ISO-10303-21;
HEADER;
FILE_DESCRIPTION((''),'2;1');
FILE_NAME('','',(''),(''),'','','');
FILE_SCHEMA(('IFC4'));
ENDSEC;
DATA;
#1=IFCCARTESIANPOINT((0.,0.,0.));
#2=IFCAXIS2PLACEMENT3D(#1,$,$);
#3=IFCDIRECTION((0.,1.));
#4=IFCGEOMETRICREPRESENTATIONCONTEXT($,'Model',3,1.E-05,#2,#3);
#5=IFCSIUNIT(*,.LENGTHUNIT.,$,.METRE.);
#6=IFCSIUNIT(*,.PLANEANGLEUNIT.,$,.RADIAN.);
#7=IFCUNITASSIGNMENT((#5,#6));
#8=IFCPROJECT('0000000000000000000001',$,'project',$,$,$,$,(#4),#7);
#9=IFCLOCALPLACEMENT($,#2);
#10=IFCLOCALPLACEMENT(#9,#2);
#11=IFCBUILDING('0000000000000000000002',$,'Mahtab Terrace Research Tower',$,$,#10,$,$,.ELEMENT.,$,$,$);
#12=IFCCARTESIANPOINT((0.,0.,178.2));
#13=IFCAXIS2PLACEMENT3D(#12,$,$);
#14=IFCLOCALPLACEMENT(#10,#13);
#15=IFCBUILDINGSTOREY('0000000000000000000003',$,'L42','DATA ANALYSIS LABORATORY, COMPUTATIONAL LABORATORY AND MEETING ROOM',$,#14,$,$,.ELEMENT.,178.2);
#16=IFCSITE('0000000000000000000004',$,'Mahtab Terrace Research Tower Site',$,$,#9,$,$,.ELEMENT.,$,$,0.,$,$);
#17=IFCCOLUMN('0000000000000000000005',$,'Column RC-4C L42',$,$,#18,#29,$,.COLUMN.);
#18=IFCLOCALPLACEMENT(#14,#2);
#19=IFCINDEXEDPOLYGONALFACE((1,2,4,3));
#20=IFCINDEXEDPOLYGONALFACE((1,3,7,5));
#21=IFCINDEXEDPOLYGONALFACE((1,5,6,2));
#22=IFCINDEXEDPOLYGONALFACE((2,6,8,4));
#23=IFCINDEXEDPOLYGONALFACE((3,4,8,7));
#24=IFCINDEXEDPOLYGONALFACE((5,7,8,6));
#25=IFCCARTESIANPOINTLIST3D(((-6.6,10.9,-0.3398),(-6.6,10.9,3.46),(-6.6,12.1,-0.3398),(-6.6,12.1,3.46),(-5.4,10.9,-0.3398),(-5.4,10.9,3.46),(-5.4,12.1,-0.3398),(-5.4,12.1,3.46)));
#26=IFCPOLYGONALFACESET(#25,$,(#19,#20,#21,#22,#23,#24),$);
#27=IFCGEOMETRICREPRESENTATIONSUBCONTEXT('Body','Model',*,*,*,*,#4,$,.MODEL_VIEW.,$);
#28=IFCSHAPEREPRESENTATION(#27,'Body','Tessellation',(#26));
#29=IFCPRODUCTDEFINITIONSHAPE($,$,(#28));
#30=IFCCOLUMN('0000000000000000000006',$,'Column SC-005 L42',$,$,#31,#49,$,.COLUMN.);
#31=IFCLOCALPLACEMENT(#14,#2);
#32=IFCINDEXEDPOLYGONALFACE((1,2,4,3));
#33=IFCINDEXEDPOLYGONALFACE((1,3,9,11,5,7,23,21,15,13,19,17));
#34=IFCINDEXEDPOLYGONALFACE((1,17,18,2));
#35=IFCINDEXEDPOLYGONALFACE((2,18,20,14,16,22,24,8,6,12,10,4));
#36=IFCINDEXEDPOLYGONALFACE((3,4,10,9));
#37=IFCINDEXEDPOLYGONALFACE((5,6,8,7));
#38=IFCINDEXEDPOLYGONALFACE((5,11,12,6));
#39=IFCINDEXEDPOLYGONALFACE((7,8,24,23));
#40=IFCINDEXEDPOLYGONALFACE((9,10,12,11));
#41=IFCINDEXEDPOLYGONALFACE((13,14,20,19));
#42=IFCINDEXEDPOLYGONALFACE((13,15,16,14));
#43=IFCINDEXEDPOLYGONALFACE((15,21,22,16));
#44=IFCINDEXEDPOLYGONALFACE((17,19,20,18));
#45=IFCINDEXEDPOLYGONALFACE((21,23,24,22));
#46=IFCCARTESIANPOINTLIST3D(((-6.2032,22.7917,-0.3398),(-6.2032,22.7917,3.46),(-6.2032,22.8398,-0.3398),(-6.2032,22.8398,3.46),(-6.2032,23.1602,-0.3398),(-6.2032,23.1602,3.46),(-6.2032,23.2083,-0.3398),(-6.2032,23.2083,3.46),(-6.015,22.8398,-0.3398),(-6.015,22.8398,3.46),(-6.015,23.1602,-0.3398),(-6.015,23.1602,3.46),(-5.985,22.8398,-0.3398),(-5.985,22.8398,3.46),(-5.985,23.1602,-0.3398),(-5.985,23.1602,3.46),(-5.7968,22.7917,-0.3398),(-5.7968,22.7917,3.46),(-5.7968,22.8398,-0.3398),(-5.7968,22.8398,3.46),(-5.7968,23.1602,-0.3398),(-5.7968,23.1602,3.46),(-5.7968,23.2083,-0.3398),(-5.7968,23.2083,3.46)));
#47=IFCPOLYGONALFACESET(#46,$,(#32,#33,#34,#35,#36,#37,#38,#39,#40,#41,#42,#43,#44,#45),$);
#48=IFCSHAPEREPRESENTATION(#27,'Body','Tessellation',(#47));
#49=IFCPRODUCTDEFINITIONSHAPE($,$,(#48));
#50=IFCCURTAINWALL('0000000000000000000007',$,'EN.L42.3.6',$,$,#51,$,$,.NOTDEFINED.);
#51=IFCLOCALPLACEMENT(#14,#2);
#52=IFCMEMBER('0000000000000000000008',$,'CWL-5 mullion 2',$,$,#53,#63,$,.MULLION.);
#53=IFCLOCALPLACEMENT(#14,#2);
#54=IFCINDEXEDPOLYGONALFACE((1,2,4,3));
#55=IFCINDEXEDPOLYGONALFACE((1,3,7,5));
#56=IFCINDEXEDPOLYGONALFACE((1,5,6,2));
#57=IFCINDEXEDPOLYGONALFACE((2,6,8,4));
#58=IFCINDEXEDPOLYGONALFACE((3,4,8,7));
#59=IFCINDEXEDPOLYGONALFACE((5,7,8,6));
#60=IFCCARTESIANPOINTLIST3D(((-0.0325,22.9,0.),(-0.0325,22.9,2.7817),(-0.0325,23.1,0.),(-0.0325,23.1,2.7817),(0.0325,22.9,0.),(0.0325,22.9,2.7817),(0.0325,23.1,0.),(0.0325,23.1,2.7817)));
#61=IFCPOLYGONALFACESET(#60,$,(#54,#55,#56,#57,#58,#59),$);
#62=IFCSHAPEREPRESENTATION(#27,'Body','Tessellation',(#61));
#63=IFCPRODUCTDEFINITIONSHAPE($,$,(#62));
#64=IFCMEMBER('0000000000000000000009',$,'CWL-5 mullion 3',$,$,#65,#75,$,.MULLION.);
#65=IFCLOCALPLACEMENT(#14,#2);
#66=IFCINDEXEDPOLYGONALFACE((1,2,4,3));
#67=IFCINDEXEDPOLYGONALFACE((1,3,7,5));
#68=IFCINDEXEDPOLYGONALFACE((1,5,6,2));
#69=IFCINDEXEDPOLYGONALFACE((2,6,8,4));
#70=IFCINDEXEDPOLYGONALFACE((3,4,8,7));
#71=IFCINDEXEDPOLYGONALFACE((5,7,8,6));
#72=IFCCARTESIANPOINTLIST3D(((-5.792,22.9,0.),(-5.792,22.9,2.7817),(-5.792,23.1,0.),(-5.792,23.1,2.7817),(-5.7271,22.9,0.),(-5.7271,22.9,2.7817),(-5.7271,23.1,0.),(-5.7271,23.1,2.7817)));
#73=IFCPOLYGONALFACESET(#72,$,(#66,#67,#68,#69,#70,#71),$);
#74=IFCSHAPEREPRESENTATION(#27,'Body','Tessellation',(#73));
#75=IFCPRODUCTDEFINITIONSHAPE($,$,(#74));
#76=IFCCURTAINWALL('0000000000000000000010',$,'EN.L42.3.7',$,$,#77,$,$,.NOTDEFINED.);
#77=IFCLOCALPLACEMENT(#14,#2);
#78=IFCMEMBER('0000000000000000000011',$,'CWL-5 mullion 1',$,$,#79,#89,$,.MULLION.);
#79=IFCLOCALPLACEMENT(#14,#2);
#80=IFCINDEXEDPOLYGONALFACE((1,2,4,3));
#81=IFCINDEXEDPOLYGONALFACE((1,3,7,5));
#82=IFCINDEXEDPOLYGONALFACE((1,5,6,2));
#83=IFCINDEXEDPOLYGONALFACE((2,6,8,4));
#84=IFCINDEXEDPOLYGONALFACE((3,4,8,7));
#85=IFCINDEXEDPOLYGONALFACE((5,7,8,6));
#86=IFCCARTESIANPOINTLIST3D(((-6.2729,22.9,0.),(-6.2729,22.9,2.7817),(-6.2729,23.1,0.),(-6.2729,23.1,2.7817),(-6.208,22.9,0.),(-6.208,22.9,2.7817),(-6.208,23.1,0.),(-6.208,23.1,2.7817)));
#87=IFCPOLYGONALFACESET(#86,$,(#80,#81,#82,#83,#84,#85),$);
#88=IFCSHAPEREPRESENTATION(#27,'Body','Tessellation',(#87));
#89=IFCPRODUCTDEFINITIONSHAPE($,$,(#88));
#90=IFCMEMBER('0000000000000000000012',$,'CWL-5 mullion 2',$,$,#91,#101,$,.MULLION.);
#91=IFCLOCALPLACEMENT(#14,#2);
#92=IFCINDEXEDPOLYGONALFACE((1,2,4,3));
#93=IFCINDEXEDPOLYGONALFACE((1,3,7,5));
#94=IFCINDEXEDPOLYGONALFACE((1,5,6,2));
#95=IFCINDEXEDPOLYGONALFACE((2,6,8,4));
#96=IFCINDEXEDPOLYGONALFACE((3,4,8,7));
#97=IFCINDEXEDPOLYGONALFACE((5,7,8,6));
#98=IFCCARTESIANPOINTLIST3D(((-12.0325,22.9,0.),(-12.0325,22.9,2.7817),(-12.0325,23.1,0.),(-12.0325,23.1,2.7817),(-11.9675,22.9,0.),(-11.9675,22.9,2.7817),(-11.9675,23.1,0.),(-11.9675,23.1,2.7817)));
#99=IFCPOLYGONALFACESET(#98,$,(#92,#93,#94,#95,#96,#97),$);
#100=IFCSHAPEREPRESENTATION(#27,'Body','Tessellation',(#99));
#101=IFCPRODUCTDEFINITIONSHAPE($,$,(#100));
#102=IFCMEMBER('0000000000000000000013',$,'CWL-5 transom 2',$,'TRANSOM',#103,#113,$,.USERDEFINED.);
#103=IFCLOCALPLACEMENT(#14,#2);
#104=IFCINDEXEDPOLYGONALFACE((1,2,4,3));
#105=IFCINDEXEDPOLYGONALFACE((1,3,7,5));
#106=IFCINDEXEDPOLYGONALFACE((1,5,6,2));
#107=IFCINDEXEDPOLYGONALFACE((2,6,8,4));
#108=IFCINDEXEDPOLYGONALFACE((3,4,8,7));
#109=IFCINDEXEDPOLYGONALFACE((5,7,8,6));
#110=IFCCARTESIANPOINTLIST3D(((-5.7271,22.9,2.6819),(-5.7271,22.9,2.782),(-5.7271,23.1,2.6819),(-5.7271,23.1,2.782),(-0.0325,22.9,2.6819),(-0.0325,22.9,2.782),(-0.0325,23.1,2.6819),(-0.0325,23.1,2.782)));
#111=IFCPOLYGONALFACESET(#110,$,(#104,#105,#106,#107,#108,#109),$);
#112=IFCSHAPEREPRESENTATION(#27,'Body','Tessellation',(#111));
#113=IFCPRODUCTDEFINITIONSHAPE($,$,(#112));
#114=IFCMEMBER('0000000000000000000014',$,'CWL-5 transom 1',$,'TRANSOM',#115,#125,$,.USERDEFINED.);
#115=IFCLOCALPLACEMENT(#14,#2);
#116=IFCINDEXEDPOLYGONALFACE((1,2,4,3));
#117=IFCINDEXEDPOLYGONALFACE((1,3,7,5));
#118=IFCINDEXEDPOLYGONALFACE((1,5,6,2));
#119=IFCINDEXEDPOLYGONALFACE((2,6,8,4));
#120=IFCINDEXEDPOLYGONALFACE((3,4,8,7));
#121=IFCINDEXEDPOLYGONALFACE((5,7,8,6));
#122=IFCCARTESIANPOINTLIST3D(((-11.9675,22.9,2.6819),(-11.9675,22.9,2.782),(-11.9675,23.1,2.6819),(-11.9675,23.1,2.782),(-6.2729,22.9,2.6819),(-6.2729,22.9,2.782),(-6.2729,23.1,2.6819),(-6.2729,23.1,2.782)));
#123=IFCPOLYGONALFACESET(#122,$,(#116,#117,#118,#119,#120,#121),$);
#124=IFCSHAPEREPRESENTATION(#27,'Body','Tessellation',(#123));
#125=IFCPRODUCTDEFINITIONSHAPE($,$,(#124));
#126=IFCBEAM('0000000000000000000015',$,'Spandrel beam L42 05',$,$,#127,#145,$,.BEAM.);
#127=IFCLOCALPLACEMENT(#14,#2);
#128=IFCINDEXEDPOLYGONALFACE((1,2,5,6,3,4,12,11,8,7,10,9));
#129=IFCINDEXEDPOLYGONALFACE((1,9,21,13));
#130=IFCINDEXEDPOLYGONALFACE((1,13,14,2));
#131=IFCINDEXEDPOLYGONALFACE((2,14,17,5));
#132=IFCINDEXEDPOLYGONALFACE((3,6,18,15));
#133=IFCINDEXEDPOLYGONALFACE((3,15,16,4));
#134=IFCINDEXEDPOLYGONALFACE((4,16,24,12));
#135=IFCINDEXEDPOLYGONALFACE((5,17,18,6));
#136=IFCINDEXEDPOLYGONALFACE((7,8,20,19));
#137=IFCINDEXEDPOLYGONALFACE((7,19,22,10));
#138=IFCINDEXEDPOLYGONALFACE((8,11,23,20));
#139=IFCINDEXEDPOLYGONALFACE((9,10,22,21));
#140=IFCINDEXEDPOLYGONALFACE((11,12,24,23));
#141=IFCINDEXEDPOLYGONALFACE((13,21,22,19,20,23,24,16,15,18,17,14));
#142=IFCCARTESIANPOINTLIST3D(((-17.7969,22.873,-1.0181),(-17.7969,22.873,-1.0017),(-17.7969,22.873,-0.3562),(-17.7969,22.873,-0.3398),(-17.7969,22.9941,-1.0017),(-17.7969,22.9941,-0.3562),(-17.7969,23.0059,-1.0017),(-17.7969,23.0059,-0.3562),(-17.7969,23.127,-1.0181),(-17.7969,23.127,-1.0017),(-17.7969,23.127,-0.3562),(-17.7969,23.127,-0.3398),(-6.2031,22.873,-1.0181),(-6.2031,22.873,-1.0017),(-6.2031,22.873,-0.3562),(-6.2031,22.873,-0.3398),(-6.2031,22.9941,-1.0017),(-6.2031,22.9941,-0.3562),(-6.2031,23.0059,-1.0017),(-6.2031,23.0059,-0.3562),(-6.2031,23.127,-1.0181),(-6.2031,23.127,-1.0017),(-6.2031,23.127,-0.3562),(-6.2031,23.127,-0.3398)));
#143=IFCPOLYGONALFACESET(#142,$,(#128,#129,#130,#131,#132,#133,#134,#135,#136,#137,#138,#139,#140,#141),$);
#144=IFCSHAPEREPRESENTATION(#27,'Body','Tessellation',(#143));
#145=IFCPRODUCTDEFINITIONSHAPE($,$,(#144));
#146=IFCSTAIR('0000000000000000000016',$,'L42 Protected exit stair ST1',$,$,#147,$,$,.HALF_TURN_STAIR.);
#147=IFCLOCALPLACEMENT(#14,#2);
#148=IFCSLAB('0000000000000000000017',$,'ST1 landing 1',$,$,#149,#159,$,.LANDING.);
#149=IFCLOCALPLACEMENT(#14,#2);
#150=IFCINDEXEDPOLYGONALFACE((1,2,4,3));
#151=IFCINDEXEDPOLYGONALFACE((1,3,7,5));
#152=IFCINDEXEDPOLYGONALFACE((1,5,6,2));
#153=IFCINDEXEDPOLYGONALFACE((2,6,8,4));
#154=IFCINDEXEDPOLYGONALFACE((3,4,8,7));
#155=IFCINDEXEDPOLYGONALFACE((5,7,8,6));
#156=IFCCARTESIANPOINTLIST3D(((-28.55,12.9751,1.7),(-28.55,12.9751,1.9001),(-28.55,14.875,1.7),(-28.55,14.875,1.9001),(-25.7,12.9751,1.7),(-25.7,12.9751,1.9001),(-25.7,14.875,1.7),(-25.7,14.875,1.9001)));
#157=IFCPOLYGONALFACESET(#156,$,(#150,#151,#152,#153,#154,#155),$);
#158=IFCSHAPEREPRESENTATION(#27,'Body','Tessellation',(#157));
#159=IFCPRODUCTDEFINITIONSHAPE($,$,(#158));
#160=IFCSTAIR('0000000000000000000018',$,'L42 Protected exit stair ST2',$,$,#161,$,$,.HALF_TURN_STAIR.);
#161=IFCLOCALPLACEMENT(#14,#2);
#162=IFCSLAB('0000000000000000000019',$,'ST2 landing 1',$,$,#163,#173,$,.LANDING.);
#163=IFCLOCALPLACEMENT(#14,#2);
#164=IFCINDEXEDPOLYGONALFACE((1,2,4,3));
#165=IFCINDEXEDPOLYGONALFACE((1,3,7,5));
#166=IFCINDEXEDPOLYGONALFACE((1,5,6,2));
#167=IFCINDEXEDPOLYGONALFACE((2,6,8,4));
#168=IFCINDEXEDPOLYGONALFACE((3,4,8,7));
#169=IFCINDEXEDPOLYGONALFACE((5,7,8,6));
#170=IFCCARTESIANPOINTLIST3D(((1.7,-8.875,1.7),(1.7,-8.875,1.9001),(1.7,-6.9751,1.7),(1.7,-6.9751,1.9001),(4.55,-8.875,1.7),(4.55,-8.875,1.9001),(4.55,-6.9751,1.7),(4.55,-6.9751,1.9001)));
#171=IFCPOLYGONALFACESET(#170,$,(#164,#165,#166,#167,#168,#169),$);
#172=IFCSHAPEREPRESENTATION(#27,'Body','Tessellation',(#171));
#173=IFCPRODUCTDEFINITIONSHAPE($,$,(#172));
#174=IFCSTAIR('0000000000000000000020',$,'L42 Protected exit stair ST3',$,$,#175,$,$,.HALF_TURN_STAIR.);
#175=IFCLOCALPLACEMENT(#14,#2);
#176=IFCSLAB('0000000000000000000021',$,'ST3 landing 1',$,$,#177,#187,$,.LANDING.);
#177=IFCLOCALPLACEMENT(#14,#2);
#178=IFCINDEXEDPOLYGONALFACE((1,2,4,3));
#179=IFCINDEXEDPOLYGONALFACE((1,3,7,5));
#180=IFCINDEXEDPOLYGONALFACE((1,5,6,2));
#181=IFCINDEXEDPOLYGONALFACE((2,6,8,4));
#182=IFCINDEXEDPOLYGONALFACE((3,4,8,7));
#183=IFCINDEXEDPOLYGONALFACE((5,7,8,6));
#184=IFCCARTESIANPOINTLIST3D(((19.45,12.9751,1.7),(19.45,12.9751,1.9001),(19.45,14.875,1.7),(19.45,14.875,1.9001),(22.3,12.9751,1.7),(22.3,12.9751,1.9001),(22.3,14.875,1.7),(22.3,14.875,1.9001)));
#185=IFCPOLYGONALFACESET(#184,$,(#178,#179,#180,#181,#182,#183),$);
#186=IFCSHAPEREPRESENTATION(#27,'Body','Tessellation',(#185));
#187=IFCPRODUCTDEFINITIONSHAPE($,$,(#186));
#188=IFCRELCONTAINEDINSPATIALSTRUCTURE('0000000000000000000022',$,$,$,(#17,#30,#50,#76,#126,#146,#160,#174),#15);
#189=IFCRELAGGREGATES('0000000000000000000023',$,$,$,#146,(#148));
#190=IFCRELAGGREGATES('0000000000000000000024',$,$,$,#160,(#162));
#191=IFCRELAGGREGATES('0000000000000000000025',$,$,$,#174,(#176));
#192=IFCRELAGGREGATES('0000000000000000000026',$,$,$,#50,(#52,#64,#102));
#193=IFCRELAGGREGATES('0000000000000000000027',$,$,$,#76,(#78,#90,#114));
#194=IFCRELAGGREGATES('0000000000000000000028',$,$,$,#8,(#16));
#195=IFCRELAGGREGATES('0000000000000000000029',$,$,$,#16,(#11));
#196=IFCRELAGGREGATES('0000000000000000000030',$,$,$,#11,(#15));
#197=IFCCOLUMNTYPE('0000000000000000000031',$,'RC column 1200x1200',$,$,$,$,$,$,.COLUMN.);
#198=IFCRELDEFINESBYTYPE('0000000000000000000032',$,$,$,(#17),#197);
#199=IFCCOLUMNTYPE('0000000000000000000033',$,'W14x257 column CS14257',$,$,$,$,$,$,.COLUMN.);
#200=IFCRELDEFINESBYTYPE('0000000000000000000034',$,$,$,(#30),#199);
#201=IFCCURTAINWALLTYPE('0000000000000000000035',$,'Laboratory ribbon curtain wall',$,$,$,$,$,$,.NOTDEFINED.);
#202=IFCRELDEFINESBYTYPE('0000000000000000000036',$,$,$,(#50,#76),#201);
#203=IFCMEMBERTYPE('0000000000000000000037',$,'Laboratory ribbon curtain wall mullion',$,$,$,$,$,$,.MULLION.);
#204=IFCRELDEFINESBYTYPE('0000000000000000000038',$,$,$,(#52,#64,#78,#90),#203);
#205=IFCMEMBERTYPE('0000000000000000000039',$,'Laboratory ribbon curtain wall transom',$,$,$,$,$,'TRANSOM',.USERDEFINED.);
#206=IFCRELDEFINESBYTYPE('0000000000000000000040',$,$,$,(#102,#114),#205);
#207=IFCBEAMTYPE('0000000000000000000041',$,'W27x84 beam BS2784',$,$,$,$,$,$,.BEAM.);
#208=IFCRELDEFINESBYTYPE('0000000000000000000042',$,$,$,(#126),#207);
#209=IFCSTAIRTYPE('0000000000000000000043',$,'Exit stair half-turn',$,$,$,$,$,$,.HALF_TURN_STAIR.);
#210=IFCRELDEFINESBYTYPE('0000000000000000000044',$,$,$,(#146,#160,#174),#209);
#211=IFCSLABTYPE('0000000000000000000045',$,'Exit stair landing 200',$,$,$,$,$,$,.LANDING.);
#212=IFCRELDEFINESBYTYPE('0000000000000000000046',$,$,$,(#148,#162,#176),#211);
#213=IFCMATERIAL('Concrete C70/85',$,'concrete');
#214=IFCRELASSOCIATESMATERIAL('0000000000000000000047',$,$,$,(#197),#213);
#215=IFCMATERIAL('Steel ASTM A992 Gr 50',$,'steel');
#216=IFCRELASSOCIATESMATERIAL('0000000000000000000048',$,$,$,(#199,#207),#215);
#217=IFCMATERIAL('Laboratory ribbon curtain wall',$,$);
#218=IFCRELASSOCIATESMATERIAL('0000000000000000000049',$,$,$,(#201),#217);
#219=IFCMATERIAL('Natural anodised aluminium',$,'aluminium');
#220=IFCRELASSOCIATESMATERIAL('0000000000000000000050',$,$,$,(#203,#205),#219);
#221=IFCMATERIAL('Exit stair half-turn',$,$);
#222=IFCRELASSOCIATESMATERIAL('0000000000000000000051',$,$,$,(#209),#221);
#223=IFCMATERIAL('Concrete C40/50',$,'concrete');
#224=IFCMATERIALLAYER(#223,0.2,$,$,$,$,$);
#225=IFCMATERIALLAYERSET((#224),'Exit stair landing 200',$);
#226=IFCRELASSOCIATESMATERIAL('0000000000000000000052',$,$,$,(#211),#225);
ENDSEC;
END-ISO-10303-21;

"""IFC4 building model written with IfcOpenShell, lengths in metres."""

from ifc_helpers import new_model, si_unit, direction, frame, origin, origin_2d, place, context, subcontext, project, spatial, polyline, rectangle, i_section, outline, extrude, material, layer, layer_set, material_profile, profile_set, type_object, element, aggregate, save


model = new_model("IFC4")

# Units and contexts
model_context = context("Model", 3, precision=1e-05, world=origin(), true_north=direction((0.0, 1.0)))
body_context = subcontext(model_context, "Body", "Model", "MODEL_VIEW")
ifc_project = project(units=[si_unit("LENGTHUNIT", "METRE"), si_unit("PLANEANGLEUNIT", "RADIAN")], contexts=[model_context])

# Site, building, storey
site_placement = place(None, origin())
site = spatial("IfcSite", under=ifc_project, at=site_placement, Name="Mahtab Terrace Research Tower Site", CompositionType="ELEMENT", RefElevation=0.0)
building_placement = place(site_placement, origin())
building = spatial("IfcBuilding", under=site, at=building_placement, Name="Mahtab Terrace Research Tower", CompositionType="ELEMENT")
storey_placement = place(building_placement, frame((0.0, 0.0, 178.2)))
storey = spatial("IfcBuildingStorey", under=building, at=storey_placement, Name="L42", Description="DATA ANALYSIS LABORATORY, COMPUTATIONAL LABORATORY AND MEETING ROOM", CompositionType="ELEMENT", Elevation=178.2)

# Columns
ifc_material_1 = material(Name="Concrete C70/85", Category="concrete")
ifc_material_profile_1 = material_profile(ifc_material_1, rectangle(XDim=1.2, YDim=1.2, at=origin_2d()), Name="RC column 1200x1200")
ifc_profile_set_1 = profile_set([ifc_material_profile_1], Name="Concrete C70/85")
column_type_1 = type_object("IfcColumnType", Name="RC column 1200x1200", PredefinedType="COLUMN", material=ifc_profile_set_1)
column_1_placement = place(storey_placement, frame((-6.0, 11.5, -0.3398), z_axis=(0.0, 0.0, 1.0), x_axis=(1.0, 0.0, 0.0)))
element("IfcColumn", 1, at=column_1_placement, inside=storey, type_object=column_type_1, Name="Column RC-4C L42", PredefinedType="COLUMN", context=body_context, shape_type="SweptSolid", body=[
    extrude(rectangle(XDim=1.2, YDim=1.2, at=origin_2d()), origin(), (0.0, 0.0, 1.0), 3.7998),
])
ifc_material_2 = material(Name="Steel ASTM A992 Gr 50", Category="steel")
ifc_material_profile_2 = material_profile(ifc_material_2, i_section(OverallWidth=0.4065, OverallDepth=0.4165, WebThickness=0.03, FlangeThickness=0.0481, at=origin_2d()), Name="W14X257")
ifc_profile_set_2 = profile_set([ifc_material_profile_2], Name="Steel ASTM A992 Gr 50")
column_type_2 = type_object("IfcColumnType", Name="W14x257 column CS14257", PredefinedType="COLUMN", material=ifc_profile_set_2)
column_2_placement = place(storey_placement, frame((-6.0, 23.0, -0.3398), z_axis=(0.0, 0.0, 1.0), x_axis=(1.0, 0.0, 0.0)))
element("IfcColumn", 2, at=column_2_placement, inside=storey, type_object=column_type_2, Name="Column SC-005 L42", PredefinedType="COLUMN", context=body_context, shape_type="SweptSolid", body=[
    extrude(i_section(OverallWidth=0.4065, OverallDepth=0.4165, WebThickness=0.03, FlangeThickness=0.0481, at=origin_2d()), origin(), (0.0, 0.0, 1.0), 3.7998),
])

# Curtain walls, members
ifc_material_3 = material(Name="Laboratory ribbon curtain wall")
curtain_wall_type = type_object("IfcCurtainWallType", Name="Laboratory ribbon curtain wall", PredefinedType="NOTDEFINED", material=ifc_material_3)
curtain_wall_1_placement = place(storey_placement, origin())
curtain_wall_1 = element("IfcCurtainWall", 3, at=curtain_wall_1_placement, inside=storey, type_object=curtain_wall_type, Name="EN.L42.3.6", PredefinedType="NOTDEFINED")
ifc_material_4 = material(Name="Natural anodised aluminium", Category="aluminium")
ifc_material_profile_3 = material_profile(ifc_material_4, rectangle(XDim=0.2, YDim=0.0649, at=origin_2d()), Name="MULLION 65x200")
ifc_profile_set_3 = profile_set([ifc_material_profile_3], Name="Natural anodised aluminium")
member_type_1 = type_object("IfcMemberType", Name="Laboratory ribbon curtain wall mullion", PredefinedType="MULLION", material=ifc_profile_set_3)
member_1_placement = place(storey_placement, frame((0.0, 23.0, 0.0), z_axis=(0.0, 0.0, 1.0), x_axis=(0.0, -1.0, 0.0)))
member_1 = element("IfcMember", 4, at=member_1_placement, type_object=member_type_1, Name="CWL-5 mullion 2", PredefinedType="MULLION", context=body_context, shape_type="SweptSolid", body=[
    extrude(rectangle(XDim=0.2, YDim=0.0649, at=origin_2d()), origin(), (0.0, 0.0, 1.0), 2.7817),
])
member_2_placement = place(storey_placement, frame((-5.7595, 23.0, 0.0), z_axis=(0.0, 0.0, 1.0), x_axis=(0.0, -1.0, 0.0)))
member_2 = element("IfcMember", 5, at=member_2_placement, type_object=member_type_1, Name="CWL-5 mullion 3", PredefinedType="MULLION", context=body_context, shape_type="SweptSolid", body=[
    extrude(rectangle(XDim=0.2, YDim=0.0649, at=origin_2d()), origin(), (0.0, 0.0, 1.0), 2.7817),
])
curtain_wall_2_placement = place(storey_placement, origin())
curtain_wall_2 = element("IfcCurtainWall", 6, at=curtain_wall_2_placement, inside=storey, type_object=curtain_wall_type, Name="EN.L42.3.7", PredefinedType="NOTDEFINED")
member_3_placement = place(storey_placement, frame((-6.2405, 23.0, 0.0), z_axis=(0.0, 0.0, 1.0), x_axis=(0.0, -1.0, 0.0)))
member_3 = element("IfcMember", 7, at=member_3_placement, type_object=member_type_1, Name="CWL-5 mullion 1", PredefinedType="MULLION", context=body_context, shape_type="SweptSolid", body=[
    extrude(rectangle(XDim=0.2, YDim=0.0649, at=origin_2d()), origin(), (0.0, 0.0, 1.0), 2.7817),
])
member_4_placement = place(storey_placement, frame((-12.0, 23.0, 0.0), z_axis=(0.0, 0.0, 1.0), x_axis=(0.0, -1.0, 0.0)))
member_4 = element("IfcMember", 8, at=member_4_placement, type_object=member_type_1, Name="CWL-5 mullion 2", PredefinedType="MULLION", context=body_context, shape_type="SweptSolid", body=[
    extrude(rectangle(XDim=0.2, YDim=0.0649, at=origin_2d()), origin(), (0.0, 0.0, 1.0), 2.7817),
])

# Members
ifc_material_profile_4 = material_profile(ifc_material_4, rectangle(XDim=0.2, YDim=0.1001, at=origin_2d()), Name="TRANSOM 100x200")
ifc_profile_set_4 = profile_set([ifc_material_profile_4], Name="Natural anodised aluminium")
member_type_2 = type_object("IfcMemberType", Name="Laboratory ribbon curtain wall transom", ElementType="TRANSOM", PredefinedType="USERDEFINED", material=ifc_profile_set_4)
member_5_placement = place(storey_placement, frame((-0.0325, 23.0, 2.7319), z_axis=(-1.0, 0.0, 0.0), x_axis=(0.0, -1.0, 0.0)))
member_5 = element("IfcMember", 9, at=member_5_placement, type_object=member_type_2, Name="CWL-5 transom 2", ObjectType="TRANSOM", PredefinedType="USERDEFINED", context=body_context, shape_type="SweptSolid", body=[
    extrude(rectangle(XDim=0.2, YDim=0.1001, at=origin_2d()), origin(), (0.0, 0.0, 1.0), 5.6946),
])
member_6_placement = place(storey_placement, frame((-6.2729, 23.0, 2.7319), z_axis=(-1.0, 0.0, 0.0), x_axis=(0.0, -1.0, 0.0)))
member_6 = element("IfcMember", 10, at=member_6_placement, type_object=member_type_2, Name="CWL-5 transom 1", ObjectType="TRANSOM", PredefinedType="USERDEFINED", context=body_context, shape_type="SweptSolid", body=[
    extrude(rectangle(XDim=0.2, YDim=0.1001, at=origin_2d()), origin(), (0.0, 0.0, 1.0), 5.6946),
])

# Beam
ifc_material_profile_5 = material_profile(ifc_material_2, i_section(OverallWidth=0.2539, OverallDepth=0.6782, WebThickness=0.0117, FlangeThickness=0.0164, at=origin_2d()), Name="W27X84")
ifc_profile_set_5 = profile_set([ifc_material_profile_5], Name="Steel ASTM A992 Gr 50")
beam_type = type_object("IfcBeamType", Name="W27x84 beam BS2784", PredefinedType="BEAM", material=ifc_profile_set_5)
beam_placement = place(storey_placement, frame((-6.2031, 23.0, -0.679), z_axis=(-1.0, 0.0, 0.0), x_axis=(0.0, -1.0, 0.0)))
element("IfcBeam", 11, at=beam_placement, inside=storey, type_object=beam_type, Name="Spandrel beam L42 05", PredefinedType="BEAM", context=body_context, shape_type="SweptSolid", body=[
    extrude(i_section(OverallWidth=0.2539, OverallDepth=0.6782, WebThickness=0.0117, FlangeThickness=0.0164, at=origin_2d()), origin(), (0.0, 0.0, 1.0), 11.5938),
])

# Stairs, slabs
ifc_material_5 = material(Name="Exit stair half-turn")
stair_type = type_object("IfcStairType", Name="Exit stair half-turn", PredefinedType="HALF_TURN_STAIR", material=ifc_material_5)
stair_1_placement = place(storey_placement, origin())
stair_1 = element("IfcStair", 12, at=stair_1_placement, inside=storey, type_object=stair_type, Name="L42 Protected exit stair ST1", PredefinedType="HALF_TURN_STAIR")
ifc_material_6 = material(Name="Concrete C40/50", Category="concrete")
ifc_layer_1 = layer(ifc_material_6, 0.2)
ifc_layer_set_1 = layer_set([ifc_layer_1], Name="Exit stair landing 200")
slab_type = type_object("IfcSlabType", Name="Exit stair landing 200", PredefinedType="LANDING", material=ifc_layer_set_1)
slab_1_placement = place(storey_placement, frame((0.0, 0.0, 1.7)))
slab_1 = element("IfcSlab", 13, at=slab_1_placement, type_object=slab_type, Name="ST1 landing 1", PredefinedType="LANDING", context=body_context, shape_type="SweptSolid", body=[
    extrude(outline(polyline([(-25.7, 12.9751), (-25.7, 14.875), (-28.55, 14.875), (-28.55, 12.9751), (-25.7, 12.9751)])), origin(), (0.0, 0.0, 1.0), 0.2002),
])
aggregate(stair_1, [slab_1])
stair_2_placement = place(storey_placement, origin())
stair_2 = element("IfcStair", 14, at=stair_2_placement, inside=storey, type_object=stair_type, Name="L42 Protected exit stair ST2", PredefinedType="HALF_TURN_STAIR")
slab_2_placement = place(storey_placement, frame((0.0, 0.0, 1.7)))
slab_2 = element("IfcSlab", 15, at=slab_2_placement, type_object=slab_type, Name="ST2 landing 1", PredefinedType="LANDING", context=body_context, shape_type="SweptSolid", body=[
    extrude(outline(polyline([(1.7, -6.9751), (1.7, -8.875), (4.55, -8.875), (4.55, -6.9751), (1.7, -6.9751)])), origin(), (0.0, 0.0, 1.0), 0.2002),
])
aggregate(stair_2, [slab_2])
stair_3_placement = place(storey_placement, origin())
stair_3 = element("IfcStair", 16, at=stair_3_placement, inside=storey, type_object=stair_type, Name="L42 Protected exit stair ST3", PredefinedType="HALF_TURN_STAIR")
slab_3_placement = place(storey_placement, frame((0.0, 0.0, 1.7)))
slab_3 = element("IfcSlab", 17, at=slab_3_placement, type_object=slab_type, Name="ST3 landing 1", PredefinedType="LANDING", context=body_context, shape_type="SweptSolid", body=[
    extrude(outline(polyline([(22.3, 12.9751), (22.3, 14.875), (19.45, 14.875), (19.45, 12.9751), (22.3, 12.9751)])), origin(), (0.0, 0.0, 1.0), 0.2002),
])
aggregate(stair_3, [slab_3])

aggregate(curtain_wall_1, [member_1, member_2, member_5])
aggregate(curtain_wall_2, [member_3, member_4, member_6])

save(model, "model.ifc")
